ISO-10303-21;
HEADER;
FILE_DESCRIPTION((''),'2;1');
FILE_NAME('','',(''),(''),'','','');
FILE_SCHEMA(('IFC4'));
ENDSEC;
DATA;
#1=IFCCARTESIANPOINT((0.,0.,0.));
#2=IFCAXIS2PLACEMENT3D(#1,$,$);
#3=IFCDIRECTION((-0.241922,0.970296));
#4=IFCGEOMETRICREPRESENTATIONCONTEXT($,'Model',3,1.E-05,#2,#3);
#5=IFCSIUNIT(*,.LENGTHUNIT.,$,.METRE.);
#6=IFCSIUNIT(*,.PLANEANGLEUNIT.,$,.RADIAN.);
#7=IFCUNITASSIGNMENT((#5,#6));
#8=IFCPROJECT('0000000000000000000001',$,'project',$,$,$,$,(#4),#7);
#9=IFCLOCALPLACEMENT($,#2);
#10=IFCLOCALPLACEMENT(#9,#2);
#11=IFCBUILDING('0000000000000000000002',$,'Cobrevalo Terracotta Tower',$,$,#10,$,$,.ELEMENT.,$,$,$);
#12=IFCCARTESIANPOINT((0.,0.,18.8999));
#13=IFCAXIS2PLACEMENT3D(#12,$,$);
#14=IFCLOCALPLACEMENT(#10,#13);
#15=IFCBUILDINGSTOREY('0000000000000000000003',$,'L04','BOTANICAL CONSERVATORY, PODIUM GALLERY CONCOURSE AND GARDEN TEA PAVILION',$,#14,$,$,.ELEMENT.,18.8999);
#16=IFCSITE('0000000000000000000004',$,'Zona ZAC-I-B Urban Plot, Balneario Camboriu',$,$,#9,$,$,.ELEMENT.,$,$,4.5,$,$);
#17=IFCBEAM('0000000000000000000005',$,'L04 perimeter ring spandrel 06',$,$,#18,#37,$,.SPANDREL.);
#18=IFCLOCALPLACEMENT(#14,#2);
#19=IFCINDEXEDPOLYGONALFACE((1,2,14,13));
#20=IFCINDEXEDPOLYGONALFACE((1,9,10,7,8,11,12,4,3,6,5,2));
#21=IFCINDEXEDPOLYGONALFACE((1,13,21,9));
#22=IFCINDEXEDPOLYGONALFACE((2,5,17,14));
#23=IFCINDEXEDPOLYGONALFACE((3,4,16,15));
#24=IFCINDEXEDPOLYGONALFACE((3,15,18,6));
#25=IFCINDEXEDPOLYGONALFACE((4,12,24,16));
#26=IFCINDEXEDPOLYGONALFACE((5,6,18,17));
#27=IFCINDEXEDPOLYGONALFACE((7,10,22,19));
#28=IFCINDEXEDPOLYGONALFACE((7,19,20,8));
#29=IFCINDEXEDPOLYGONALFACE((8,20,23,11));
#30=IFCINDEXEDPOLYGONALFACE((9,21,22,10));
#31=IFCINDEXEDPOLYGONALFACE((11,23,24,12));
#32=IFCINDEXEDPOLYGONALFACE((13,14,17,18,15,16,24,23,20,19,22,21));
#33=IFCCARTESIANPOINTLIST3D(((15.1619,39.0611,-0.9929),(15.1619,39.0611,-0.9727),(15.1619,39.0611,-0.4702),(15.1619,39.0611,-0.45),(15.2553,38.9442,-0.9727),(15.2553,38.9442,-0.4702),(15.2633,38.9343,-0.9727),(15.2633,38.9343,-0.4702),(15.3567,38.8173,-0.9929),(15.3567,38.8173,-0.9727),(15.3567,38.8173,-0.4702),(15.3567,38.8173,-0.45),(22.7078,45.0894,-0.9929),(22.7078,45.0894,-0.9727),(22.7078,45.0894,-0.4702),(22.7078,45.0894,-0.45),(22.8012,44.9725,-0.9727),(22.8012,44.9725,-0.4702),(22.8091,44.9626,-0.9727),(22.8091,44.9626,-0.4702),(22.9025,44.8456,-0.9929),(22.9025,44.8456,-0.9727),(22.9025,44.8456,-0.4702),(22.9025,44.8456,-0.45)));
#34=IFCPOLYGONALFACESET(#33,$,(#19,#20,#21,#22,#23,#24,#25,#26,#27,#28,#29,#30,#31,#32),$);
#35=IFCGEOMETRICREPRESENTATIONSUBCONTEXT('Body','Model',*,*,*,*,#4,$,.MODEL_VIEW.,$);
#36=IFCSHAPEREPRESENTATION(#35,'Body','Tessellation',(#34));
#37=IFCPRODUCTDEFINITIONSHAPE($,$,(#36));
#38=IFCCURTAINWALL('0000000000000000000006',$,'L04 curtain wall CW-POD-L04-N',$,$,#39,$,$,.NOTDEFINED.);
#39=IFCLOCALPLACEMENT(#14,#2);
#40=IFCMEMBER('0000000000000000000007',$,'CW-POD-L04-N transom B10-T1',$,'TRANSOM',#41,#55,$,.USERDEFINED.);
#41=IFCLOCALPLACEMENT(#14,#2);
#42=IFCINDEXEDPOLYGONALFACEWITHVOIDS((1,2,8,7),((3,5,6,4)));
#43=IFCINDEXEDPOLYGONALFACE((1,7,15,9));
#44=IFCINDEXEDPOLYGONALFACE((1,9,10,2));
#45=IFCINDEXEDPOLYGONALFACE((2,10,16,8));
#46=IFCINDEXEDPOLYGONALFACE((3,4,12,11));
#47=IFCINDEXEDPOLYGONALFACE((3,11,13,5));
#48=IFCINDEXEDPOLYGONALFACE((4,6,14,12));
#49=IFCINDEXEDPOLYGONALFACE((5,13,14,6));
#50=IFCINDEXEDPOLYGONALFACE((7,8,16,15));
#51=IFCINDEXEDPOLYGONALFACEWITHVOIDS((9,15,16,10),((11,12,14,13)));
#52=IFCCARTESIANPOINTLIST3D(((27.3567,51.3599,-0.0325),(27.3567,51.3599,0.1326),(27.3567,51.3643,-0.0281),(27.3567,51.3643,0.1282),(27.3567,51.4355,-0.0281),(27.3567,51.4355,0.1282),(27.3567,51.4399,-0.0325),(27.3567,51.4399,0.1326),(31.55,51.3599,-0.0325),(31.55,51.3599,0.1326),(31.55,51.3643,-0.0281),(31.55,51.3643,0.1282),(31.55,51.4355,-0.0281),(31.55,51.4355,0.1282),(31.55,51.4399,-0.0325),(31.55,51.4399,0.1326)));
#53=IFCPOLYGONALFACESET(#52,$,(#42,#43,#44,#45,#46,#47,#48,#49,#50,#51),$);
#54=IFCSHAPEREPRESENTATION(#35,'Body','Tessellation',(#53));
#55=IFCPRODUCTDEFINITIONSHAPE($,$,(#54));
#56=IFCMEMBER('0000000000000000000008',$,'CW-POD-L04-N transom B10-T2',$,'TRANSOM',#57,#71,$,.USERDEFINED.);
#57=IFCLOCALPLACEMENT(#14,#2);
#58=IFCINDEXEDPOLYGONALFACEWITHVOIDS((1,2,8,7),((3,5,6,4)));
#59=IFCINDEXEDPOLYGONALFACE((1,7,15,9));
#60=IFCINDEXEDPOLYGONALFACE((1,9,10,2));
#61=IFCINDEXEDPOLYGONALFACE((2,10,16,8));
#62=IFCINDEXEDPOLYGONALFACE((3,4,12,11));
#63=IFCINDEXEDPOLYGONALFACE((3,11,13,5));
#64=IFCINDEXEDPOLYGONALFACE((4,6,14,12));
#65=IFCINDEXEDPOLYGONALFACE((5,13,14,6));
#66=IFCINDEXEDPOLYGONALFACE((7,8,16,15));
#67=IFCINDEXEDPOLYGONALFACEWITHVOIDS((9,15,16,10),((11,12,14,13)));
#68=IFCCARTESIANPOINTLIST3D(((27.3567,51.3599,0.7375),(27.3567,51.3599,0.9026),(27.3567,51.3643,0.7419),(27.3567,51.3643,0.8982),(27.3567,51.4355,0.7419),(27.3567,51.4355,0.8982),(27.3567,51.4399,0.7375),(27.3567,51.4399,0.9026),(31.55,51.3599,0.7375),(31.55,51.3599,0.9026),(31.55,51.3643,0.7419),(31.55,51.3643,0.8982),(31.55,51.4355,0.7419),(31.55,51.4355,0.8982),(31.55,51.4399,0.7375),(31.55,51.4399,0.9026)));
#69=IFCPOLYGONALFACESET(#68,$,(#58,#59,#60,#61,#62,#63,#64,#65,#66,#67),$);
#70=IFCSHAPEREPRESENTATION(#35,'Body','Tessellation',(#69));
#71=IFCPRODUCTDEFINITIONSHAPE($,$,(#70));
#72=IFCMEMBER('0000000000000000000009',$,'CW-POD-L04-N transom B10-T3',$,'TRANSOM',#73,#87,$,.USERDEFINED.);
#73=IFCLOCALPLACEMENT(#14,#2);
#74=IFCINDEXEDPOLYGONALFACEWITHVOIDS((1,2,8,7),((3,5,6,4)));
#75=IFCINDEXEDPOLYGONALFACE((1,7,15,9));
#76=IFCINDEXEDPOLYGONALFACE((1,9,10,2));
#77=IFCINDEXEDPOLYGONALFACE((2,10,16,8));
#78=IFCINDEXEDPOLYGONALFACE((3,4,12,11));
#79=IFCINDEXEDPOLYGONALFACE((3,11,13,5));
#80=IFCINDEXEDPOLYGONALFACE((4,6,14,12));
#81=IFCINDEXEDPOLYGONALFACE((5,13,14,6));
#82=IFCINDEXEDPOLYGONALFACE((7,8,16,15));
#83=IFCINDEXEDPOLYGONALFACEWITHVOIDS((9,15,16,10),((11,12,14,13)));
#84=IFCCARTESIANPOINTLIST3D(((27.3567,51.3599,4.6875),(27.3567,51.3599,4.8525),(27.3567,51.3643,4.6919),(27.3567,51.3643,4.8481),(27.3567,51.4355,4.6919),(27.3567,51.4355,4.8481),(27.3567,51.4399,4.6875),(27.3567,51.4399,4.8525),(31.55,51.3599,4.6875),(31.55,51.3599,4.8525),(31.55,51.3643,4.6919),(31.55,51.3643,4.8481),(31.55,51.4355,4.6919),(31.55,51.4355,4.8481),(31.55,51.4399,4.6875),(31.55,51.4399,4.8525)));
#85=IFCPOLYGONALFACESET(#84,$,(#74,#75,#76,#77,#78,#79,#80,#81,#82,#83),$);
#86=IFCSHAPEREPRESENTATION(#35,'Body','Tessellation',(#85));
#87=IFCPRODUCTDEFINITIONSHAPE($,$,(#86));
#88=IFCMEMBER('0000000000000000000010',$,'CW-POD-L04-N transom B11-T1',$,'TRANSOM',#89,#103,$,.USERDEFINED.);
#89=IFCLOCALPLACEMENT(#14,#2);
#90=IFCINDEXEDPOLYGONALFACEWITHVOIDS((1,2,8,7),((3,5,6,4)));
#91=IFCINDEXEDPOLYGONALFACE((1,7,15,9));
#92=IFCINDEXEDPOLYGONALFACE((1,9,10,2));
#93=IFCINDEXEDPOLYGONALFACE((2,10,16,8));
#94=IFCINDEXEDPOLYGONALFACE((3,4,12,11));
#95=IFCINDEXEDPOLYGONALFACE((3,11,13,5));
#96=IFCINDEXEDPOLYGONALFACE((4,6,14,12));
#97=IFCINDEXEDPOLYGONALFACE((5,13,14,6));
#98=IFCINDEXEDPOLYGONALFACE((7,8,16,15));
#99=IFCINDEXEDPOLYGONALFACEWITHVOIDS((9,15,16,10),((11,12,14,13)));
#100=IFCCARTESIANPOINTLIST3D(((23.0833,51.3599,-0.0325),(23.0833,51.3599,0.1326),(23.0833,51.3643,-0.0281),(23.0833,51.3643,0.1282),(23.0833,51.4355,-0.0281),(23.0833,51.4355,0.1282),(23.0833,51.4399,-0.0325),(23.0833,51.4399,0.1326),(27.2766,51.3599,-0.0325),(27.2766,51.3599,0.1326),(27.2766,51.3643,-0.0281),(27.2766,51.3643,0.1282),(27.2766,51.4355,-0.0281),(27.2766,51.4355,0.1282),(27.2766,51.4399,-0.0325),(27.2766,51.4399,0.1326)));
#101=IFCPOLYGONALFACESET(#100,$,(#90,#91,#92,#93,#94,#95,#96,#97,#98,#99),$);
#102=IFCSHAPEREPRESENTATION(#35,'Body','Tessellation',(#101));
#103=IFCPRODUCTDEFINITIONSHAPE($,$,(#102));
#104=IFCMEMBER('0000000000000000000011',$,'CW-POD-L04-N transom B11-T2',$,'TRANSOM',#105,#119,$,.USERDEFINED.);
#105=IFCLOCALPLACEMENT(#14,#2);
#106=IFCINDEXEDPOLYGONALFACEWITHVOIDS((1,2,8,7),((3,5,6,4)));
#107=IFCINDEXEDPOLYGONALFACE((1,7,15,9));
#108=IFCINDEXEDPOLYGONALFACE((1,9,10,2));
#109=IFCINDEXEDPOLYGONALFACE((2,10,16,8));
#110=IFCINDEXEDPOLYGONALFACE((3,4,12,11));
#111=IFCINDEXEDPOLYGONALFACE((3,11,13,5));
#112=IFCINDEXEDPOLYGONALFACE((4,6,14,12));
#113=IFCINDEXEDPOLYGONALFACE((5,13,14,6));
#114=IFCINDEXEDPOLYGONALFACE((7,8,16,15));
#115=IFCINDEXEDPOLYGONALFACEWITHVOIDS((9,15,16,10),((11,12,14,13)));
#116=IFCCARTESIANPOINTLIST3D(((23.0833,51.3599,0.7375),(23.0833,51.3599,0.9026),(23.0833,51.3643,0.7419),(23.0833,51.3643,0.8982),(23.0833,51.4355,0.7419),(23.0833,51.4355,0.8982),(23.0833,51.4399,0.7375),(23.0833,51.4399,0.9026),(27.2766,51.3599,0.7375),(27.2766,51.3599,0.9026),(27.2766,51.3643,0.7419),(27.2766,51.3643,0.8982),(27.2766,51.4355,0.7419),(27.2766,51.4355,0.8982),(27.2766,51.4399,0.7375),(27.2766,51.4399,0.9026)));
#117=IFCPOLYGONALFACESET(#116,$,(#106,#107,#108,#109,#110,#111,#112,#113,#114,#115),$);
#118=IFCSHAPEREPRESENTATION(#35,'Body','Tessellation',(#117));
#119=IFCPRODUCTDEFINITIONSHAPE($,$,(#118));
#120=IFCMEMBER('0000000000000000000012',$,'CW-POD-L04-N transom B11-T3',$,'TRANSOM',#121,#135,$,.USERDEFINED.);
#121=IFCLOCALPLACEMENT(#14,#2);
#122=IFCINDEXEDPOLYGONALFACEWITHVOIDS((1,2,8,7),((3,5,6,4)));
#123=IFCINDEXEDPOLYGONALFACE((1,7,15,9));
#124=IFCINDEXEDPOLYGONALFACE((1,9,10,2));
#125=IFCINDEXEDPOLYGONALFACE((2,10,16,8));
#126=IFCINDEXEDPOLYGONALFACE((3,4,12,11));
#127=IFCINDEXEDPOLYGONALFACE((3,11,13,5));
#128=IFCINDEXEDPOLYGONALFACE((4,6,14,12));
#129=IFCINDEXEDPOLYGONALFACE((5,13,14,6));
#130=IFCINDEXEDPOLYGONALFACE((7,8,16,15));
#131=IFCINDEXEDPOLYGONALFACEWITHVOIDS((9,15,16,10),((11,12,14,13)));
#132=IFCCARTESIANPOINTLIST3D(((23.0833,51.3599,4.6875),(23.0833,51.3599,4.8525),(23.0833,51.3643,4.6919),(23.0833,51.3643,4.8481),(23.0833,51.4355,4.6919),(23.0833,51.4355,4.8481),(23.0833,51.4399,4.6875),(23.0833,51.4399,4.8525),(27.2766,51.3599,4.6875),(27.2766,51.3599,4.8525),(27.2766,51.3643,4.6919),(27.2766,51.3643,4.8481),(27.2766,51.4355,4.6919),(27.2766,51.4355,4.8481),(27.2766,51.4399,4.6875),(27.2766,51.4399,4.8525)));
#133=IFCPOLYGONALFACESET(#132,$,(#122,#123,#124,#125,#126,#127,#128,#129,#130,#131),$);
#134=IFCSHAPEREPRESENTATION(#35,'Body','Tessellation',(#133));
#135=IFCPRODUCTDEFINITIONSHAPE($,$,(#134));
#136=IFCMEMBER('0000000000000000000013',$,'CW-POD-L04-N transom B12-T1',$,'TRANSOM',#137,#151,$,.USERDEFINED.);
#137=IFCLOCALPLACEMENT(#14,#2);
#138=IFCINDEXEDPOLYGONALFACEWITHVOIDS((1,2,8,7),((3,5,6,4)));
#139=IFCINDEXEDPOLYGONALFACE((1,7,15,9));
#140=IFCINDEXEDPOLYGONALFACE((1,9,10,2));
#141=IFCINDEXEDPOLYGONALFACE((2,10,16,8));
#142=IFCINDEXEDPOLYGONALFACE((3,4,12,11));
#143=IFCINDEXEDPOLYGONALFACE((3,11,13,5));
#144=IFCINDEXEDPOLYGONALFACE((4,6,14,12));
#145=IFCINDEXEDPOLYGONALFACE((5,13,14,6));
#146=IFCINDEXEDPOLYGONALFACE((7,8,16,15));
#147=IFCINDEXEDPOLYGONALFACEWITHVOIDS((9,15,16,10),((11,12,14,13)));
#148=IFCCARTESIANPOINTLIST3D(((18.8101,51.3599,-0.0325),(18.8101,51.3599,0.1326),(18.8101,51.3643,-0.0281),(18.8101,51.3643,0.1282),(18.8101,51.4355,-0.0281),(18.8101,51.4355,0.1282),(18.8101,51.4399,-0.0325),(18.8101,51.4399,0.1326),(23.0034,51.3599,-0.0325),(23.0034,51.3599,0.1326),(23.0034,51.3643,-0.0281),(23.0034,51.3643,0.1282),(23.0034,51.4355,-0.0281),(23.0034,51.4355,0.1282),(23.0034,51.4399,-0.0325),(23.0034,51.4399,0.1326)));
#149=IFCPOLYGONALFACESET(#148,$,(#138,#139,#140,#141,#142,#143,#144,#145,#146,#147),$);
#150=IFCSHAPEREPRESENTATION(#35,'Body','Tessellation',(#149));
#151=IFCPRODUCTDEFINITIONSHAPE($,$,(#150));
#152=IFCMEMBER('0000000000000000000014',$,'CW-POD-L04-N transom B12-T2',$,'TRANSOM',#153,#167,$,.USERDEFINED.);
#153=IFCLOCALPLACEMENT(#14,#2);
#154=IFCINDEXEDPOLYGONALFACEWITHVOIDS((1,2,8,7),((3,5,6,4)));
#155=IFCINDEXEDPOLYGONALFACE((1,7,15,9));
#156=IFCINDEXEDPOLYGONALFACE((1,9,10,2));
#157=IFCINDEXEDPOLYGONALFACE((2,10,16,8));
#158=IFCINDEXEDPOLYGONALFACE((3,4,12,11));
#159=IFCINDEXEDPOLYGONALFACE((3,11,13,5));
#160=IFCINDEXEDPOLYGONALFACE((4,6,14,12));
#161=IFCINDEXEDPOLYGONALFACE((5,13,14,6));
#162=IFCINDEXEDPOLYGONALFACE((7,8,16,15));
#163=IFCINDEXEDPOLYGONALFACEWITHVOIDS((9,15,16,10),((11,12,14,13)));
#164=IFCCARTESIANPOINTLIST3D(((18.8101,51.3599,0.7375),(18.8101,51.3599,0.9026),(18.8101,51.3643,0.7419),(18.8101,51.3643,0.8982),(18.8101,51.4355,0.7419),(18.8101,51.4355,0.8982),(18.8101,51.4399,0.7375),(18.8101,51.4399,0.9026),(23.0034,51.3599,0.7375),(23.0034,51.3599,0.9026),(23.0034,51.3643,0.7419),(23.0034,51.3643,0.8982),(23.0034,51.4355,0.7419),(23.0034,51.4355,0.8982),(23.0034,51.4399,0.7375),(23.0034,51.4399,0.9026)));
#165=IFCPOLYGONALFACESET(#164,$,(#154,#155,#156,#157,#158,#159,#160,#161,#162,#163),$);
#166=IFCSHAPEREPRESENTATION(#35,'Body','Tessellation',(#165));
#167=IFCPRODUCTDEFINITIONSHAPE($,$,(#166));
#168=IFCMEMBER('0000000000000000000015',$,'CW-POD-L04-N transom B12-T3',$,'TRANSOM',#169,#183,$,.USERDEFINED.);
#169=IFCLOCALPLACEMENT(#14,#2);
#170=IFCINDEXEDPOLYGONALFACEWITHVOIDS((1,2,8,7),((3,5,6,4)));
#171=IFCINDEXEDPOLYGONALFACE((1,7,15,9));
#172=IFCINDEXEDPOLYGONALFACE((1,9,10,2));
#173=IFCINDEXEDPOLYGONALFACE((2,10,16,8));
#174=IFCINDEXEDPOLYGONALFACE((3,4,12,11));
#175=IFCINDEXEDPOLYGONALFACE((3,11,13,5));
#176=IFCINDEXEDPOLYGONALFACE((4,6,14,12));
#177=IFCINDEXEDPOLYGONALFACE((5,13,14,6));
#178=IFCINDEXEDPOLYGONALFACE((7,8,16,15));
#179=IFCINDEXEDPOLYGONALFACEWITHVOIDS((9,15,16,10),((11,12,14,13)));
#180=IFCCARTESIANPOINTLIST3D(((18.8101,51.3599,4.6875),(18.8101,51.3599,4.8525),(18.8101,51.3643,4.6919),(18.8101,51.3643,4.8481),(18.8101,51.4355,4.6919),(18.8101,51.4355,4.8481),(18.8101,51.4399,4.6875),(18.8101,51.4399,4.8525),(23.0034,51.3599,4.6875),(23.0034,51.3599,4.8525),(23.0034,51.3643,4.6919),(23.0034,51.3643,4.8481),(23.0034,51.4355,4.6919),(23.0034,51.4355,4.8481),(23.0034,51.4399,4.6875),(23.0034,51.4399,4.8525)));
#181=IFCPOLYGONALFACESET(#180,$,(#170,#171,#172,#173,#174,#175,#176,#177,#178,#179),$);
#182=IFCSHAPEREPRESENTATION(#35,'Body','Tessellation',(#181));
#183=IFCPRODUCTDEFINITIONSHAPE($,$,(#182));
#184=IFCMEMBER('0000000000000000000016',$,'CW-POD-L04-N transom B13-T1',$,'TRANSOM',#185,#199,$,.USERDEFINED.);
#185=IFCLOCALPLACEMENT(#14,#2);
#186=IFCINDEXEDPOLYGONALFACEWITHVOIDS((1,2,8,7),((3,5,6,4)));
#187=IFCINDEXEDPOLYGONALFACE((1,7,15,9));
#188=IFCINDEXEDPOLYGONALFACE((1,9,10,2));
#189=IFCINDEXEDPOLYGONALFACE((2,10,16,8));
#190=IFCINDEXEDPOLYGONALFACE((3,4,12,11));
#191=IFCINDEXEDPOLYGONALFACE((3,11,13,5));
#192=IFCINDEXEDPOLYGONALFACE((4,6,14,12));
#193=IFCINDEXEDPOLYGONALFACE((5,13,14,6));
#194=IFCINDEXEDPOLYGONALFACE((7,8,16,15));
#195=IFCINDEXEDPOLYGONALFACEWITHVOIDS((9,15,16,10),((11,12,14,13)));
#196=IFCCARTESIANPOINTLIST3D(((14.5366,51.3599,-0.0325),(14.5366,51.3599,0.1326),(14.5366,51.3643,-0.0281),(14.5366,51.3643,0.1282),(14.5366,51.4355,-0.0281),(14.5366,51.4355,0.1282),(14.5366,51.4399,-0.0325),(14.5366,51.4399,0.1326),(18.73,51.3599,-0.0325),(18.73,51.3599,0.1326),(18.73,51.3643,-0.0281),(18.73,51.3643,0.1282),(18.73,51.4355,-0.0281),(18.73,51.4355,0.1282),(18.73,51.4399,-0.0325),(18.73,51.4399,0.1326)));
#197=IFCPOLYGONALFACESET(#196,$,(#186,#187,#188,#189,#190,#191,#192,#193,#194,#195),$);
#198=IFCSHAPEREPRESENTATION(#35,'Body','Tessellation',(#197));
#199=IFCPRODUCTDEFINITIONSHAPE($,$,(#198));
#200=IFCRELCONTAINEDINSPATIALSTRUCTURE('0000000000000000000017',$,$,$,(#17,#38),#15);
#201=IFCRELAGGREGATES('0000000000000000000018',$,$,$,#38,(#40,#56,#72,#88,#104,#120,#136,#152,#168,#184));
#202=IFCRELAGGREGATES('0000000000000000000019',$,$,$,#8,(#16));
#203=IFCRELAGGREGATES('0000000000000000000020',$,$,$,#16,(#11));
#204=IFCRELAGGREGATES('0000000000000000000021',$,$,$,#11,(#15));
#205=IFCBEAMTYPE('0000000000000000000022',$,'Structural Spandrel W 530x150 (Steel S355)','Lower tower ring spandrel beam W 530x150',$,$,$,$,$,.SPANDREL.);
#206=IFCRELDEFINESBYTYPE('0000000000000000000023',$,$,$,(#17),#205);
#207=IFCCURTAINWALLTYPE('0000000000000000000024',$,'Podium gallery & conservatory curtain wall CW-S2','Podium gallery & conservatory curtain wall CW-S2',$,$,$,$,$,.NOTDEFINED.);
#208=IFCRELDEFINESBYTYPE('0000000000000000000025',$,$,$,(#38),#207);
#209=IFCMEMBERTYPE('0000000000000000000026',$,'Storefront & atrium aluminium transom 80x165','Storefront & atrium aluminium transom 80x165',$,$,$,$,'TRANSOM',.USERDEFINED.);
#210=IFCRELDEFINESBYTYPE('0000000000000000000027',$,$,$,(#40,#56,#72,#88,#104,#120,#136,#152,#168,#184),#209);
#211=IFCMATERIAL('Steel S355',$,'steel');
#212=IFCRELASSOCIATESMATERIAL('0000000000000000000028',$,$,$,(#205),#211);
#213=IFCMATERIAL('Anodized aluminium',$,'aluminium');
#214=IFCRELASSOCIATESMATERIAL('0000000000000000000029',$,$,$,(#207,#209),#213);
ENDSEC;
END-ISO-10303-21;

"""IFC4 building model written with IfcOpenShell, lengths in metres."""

from ifc_helpers import new_model, si_unit, direction, frame, origin, origin_2d, place, context, subcontext, project, spatial, hollow_rectangle, i_section, extrude, source, transform, mapped, material, material_profile, profile_set, type_object, element, aggregate, save


model = new_model("IFC4")

# Units and contexts
model_context = context("Model", 3, precision=1e-05, world=origin(), true_north=direction((-0.241922, 0.970296)))
body_context = subcontext(model_context, "Body", "Model", "MODEL_VIEW")
ifc_project = project(units=[si_unit("LENGTHUNIT", "METRE"), si_unit("PLANEANGLEUNIT", "RADIAN")], contexts=[model_context])

# Site, building, storey
site_placement = place(None, origin())
site = spatial("IfcSite", under=ifc_project, at=site_placement, Name="Zona ZAC-I-B Urban Plot, Balneario Camboriu", CompositionType="ELEMENT", RefElevation=4.5)
building_placement = place(site_placement, origin())
building = spatial("IfcBuilding", under=site, at=building_placement, Name="Cobrevalo Terracotta Tower", CompositionType="ELEMENT")
storey_placement = place(building_placement, frame((0.0, 0.0, 18.8999)))
storey = spatial("IfcBuildingStorey", under=building, at=storey_placement, Name="L04", Description="BOTANICAL CONSERVATORY, PODIUM GALLERY CONCOURSE AND GARDEN TEA PAVILION", CompositionType="ELEMENT", Elevation=18.8999)

# Shared definitions
ifc_material_1 = material(Name="Steel S355", Category="steel")

# Beam
ifc_material_profile_1 = material_profile(ifc_material_1, i_section(OverallWidth=0.312, OverallDepth=0.543, WebThickness=0.0127, FlangeThickness=0.0203, at=origin_2d()), Name="W 530x150")
ifc_profile_set_1 = profile_set([ifc_material_profile_1], Name="Steel S355")
beam_type_1 = type_object("IfcBeamType", Name="Structural Spandrel W 530x150 (Steel S355)", Description="Lower tower ring spandrel beam W 530x150", PredefinedType="SPANDREL", material=ifc_profile_set_1)
beam_1_placement = place(storey_placement, frame((22.8052, 44.9675, -0.7214), z_axis=(-0.781293, -0.624165, 0.0), x_axis=(0.624165, -0.781293, 0.0)))
element("IfcBeam", 1, at=beam_1_placement, inside=storey, type_object=beam_type_1, Name="L04 perimeter ring spandrel 06", PredefinedType="SPANDREL", context=body_context, shape_type="SweptSolid", body=[
    extrude(i_section(OverallWidth=0.312, OverallDepth=0.543, WebThickness=0.0127, FlangeThickness=0.0203, at=origin_2d()), origin(), (0.0, 0.0, 1.0), 9.6582),
])

# Curtain wall, members
ifc_material_2 = material(Name="Anodized aluminium", Category="aluminium")
curtain_wall_type = type_object("IfcCurtainWallType", Name="Podium gallery & conservatory curtain wall CW-S2", Description="Podium gallery & conservatory curtain wall CW-S2", PredefinedType="NOTDEFINED", material=ifc_material_2)
curtain_wall_placement = place(storey_placement, origin())
curtain_wall = element("IfcCurtainWall", 2, at=curtain_wall_placement, inside=storey, type_object=curtain_wall_type, Name="L04 curtain wall CW-POD-L04-N", PredefinedType="NOTDEFINED")
ifc_material_profile_2 = material_profile(ifc_material_2, hollow_rectangle(XDim=0.0801, YDim=0.165, WallThickness=0.0044, at=origin_2d()), Name="CWT 80x165")
ifc_profile_set_2 = profile_set([ifc_material_profile_2], Name="Anodized aluminium")
member_type_1 = type_object("IfcMemberType", Name="Storefront & atrium aluminium transom 80x165", Description="Storefront & atrium aluminium transom 80x165", ElementType="TRANSOM", PredefinedType="USERDEFINED", material=ifc_profile_set_2)
shared_shape_1 = source(origin(), body_context, "Body", "SweptSolid", [
    extrude(hollow_rectangle(XDim=0.0801, YDim=0.165, WallThickness=0.0044, at=origin_2d()), origin(), (0.0, 0.0, 1.0), 4.1934),
])
member_1_placement = place(storey_placement, frame((31.55, 51.3999, 0.05), z_axis=(-1.0, 0.0, 0.0), x_axis=(0.0, -1.0, 0.0)))
member_1 = element("IfcMember", 3, at=member_1_placement, type_object=member_type_1, Name="CW-POD-L04-N transom B10-T1", ObjectType="TRANSOM", PredefinedType="USERDEFINED", context=body_context, shape_type="MappedRepresentation", body=[
    mapped(shared_shape_1, transform((0.0, 0.0, 0.0), scale=1.0)),
])
member_2_placement = place(storey_placement, frame((31.55, 51.3999, 0.8201), z_axis=(-1.0, 0.0, 0.0), x_axis=(0.0, -1.0, 0.0)))
member_2 = element("IfcMember", 4, at=member_2_placement, type_object=member_type_1, Name="CW-POD-L04-N transom B10-T2", ObjectType="TRANSOM", PredefinedType="USERDEFINED", context=body_context, shape_type="MappedRepresentation", body=[
    mapped(shared_shape_1, transform((0.0, 0.0, 0.0), scale=1.0)),
])
member_3_placement = place(storey_placement, frame((31.55, 51.3999, 4.77), z_axis=(-1.0, 0.0, 0.0), x_axis=(0.0, -1.0, 0.0)))
member_3 = element("IfcMember", 5, at=member_3_placement, type_object=member_type_1, Name="CW-POD-L04-N transom B10-T3", ObjectType="TRANSOM", PredefinedType="USERDEFINED", context=body_context, shape_type="MappedRepresentation", body=[
    mapped(shared_shape_1, transform((0.0, 0.0, 0.0), scale=1.0)),
])
member_4_placement = place(storey_placement, frame((27.2766, 51.3999, 0.05), z_axis=(-1.0, 0.0, 0.0), x_axis=(0.0, -1.0, 0.0)))
member_4 = element("IfcMember", 6, at=member_4_placement, type_object=member_type_1, Name="CW-POD-L04-N transom B11-T1", ObjectType="TRANSOM", PredefinedType="USERDEFINED", context=body_context, shape_type="MappedRepresentation", body=[
    mapped(shared_shape_1, transform((0.0, 0.0, 0.0), scale=1.0)),
])
member_5_placement = place(storey_placement, frame((27.2766, 51.3999, 0.8201), z_axis=(-1.0, 0.0, 0.0), x_axis=(0.0, -1.0, 0.0)))
member_5 = element("IfcMember", 7, at=member_5_placement, type_object=member_type_1, Name="CW-POD-L04-N transom B11-T2", ObjectType="TRANSOM", PredefinedType="USERDEFINED", context=body_context, shape_type="MappedRepresentation", body=[
    mapped(shared_shape_1, transform((0.0, 0.0, 0.0), scale=1.0)),
])
member_6_placement = place(storey_placement, frame((27.2766, 51.3999, 4.77), z_axis=(-1.0, 0.0, 0.0), x_axis=(0.0, -1.0, 0.0)))
member_6 = element("IfcMember", 8, at=member_6_placement, type_object=member_type_1, Name="CW-POD-L04-N transom B11-T3", ObjectType="TRANSOM", PredefinedType="USERDEFINED", context=body_context, shape_type="MappedRepresentation", body=[
    mapped(shared_shape_1, transform((0.0, 0.0, 0.0), scale=1.0)),
])
member_7_placement = place(storey_placement, frame((23.0034, 51.3999, 0.05), z_axis=(-1.0, 0.0, 0.0), x_axis=(0.0, -1.0, 0.0)))
member_7 = element("IfcMember", 9, at=member_7_placement, type_object=member_type_1, Name="CW-POD-L04-N transom B12-T1", ObjectType="TRANSOM", PredefinedType="USERDEFINED", context=body_context, shape_type="MappedRepresentation", body=[
    mapped(shared_shape_1, transform((0.0, 0.0, 0.0), scale=1.0)),
])
member_8_placement = place(storey_placement, frame((23.0034, 51.3999, 0.8201), z_axis=(-1.0, 0.0, 0.0), x_axis=(0.0, -1.0, 0.0)))
member_8 = element("IfcMember", 10, at=member_8_placement, type_object=member_type_1, Name="CW-POD-L04-N transom B12-T2", ObjectType="TRANSOM", PredefinedType="USERDEFINED", context=body_context, shape_type="MappedRepresentation", body=[
    mapped(shared_shape_1, transform((0.0, 0.0, 0.0), scale=1.0)),
])
member_9_placement = place(storey_placement, frame((23.0034, 51.3999, 4.77), z_axis=(-1.0, 0.0, 0.0), x_axis=(0.0, -1.0, 0.0)))
member_9 = element("IfcMember", 11, at=member_9_placement, type_object=member_type_1, Name="CW-POD-L04-N transom B12-T3", ObjectType="TRANSOM", PredefinedType="USERDEFINED", context=body_context, shape_type="MappedRepresentation", body=[
    mapped(shared_shape_1, transform((0.0, 0.0, 0.0), scale=1.0)),
])
member_10_placement = place(storey_placement, frame((18.73, 51.3999, 0.05), z_axis=(-1.0, 0.0, 0.0), x_axis=(0.0, -1.0, 0.0)))
member_10 = element("IfcMember", 12, at=member_10_placement, type_object=member_type_1, Name="CW-POD-L04-N transom B13-T1", ObjectType="TRANSOM", PredefinedType="USERDEFINED", context=body_context, shape_type="MappedRepresentation", body=[
    mapped(shared_shape_1, transform((0.0, 0.0, 0.0), scale=1.0)),
])
aggregate(curtain_wall, [member_1, member_2, member_3, member_4, member_5, member_6, member_7, member_8, member_9, member_10])

save(model, "model.ifc")
